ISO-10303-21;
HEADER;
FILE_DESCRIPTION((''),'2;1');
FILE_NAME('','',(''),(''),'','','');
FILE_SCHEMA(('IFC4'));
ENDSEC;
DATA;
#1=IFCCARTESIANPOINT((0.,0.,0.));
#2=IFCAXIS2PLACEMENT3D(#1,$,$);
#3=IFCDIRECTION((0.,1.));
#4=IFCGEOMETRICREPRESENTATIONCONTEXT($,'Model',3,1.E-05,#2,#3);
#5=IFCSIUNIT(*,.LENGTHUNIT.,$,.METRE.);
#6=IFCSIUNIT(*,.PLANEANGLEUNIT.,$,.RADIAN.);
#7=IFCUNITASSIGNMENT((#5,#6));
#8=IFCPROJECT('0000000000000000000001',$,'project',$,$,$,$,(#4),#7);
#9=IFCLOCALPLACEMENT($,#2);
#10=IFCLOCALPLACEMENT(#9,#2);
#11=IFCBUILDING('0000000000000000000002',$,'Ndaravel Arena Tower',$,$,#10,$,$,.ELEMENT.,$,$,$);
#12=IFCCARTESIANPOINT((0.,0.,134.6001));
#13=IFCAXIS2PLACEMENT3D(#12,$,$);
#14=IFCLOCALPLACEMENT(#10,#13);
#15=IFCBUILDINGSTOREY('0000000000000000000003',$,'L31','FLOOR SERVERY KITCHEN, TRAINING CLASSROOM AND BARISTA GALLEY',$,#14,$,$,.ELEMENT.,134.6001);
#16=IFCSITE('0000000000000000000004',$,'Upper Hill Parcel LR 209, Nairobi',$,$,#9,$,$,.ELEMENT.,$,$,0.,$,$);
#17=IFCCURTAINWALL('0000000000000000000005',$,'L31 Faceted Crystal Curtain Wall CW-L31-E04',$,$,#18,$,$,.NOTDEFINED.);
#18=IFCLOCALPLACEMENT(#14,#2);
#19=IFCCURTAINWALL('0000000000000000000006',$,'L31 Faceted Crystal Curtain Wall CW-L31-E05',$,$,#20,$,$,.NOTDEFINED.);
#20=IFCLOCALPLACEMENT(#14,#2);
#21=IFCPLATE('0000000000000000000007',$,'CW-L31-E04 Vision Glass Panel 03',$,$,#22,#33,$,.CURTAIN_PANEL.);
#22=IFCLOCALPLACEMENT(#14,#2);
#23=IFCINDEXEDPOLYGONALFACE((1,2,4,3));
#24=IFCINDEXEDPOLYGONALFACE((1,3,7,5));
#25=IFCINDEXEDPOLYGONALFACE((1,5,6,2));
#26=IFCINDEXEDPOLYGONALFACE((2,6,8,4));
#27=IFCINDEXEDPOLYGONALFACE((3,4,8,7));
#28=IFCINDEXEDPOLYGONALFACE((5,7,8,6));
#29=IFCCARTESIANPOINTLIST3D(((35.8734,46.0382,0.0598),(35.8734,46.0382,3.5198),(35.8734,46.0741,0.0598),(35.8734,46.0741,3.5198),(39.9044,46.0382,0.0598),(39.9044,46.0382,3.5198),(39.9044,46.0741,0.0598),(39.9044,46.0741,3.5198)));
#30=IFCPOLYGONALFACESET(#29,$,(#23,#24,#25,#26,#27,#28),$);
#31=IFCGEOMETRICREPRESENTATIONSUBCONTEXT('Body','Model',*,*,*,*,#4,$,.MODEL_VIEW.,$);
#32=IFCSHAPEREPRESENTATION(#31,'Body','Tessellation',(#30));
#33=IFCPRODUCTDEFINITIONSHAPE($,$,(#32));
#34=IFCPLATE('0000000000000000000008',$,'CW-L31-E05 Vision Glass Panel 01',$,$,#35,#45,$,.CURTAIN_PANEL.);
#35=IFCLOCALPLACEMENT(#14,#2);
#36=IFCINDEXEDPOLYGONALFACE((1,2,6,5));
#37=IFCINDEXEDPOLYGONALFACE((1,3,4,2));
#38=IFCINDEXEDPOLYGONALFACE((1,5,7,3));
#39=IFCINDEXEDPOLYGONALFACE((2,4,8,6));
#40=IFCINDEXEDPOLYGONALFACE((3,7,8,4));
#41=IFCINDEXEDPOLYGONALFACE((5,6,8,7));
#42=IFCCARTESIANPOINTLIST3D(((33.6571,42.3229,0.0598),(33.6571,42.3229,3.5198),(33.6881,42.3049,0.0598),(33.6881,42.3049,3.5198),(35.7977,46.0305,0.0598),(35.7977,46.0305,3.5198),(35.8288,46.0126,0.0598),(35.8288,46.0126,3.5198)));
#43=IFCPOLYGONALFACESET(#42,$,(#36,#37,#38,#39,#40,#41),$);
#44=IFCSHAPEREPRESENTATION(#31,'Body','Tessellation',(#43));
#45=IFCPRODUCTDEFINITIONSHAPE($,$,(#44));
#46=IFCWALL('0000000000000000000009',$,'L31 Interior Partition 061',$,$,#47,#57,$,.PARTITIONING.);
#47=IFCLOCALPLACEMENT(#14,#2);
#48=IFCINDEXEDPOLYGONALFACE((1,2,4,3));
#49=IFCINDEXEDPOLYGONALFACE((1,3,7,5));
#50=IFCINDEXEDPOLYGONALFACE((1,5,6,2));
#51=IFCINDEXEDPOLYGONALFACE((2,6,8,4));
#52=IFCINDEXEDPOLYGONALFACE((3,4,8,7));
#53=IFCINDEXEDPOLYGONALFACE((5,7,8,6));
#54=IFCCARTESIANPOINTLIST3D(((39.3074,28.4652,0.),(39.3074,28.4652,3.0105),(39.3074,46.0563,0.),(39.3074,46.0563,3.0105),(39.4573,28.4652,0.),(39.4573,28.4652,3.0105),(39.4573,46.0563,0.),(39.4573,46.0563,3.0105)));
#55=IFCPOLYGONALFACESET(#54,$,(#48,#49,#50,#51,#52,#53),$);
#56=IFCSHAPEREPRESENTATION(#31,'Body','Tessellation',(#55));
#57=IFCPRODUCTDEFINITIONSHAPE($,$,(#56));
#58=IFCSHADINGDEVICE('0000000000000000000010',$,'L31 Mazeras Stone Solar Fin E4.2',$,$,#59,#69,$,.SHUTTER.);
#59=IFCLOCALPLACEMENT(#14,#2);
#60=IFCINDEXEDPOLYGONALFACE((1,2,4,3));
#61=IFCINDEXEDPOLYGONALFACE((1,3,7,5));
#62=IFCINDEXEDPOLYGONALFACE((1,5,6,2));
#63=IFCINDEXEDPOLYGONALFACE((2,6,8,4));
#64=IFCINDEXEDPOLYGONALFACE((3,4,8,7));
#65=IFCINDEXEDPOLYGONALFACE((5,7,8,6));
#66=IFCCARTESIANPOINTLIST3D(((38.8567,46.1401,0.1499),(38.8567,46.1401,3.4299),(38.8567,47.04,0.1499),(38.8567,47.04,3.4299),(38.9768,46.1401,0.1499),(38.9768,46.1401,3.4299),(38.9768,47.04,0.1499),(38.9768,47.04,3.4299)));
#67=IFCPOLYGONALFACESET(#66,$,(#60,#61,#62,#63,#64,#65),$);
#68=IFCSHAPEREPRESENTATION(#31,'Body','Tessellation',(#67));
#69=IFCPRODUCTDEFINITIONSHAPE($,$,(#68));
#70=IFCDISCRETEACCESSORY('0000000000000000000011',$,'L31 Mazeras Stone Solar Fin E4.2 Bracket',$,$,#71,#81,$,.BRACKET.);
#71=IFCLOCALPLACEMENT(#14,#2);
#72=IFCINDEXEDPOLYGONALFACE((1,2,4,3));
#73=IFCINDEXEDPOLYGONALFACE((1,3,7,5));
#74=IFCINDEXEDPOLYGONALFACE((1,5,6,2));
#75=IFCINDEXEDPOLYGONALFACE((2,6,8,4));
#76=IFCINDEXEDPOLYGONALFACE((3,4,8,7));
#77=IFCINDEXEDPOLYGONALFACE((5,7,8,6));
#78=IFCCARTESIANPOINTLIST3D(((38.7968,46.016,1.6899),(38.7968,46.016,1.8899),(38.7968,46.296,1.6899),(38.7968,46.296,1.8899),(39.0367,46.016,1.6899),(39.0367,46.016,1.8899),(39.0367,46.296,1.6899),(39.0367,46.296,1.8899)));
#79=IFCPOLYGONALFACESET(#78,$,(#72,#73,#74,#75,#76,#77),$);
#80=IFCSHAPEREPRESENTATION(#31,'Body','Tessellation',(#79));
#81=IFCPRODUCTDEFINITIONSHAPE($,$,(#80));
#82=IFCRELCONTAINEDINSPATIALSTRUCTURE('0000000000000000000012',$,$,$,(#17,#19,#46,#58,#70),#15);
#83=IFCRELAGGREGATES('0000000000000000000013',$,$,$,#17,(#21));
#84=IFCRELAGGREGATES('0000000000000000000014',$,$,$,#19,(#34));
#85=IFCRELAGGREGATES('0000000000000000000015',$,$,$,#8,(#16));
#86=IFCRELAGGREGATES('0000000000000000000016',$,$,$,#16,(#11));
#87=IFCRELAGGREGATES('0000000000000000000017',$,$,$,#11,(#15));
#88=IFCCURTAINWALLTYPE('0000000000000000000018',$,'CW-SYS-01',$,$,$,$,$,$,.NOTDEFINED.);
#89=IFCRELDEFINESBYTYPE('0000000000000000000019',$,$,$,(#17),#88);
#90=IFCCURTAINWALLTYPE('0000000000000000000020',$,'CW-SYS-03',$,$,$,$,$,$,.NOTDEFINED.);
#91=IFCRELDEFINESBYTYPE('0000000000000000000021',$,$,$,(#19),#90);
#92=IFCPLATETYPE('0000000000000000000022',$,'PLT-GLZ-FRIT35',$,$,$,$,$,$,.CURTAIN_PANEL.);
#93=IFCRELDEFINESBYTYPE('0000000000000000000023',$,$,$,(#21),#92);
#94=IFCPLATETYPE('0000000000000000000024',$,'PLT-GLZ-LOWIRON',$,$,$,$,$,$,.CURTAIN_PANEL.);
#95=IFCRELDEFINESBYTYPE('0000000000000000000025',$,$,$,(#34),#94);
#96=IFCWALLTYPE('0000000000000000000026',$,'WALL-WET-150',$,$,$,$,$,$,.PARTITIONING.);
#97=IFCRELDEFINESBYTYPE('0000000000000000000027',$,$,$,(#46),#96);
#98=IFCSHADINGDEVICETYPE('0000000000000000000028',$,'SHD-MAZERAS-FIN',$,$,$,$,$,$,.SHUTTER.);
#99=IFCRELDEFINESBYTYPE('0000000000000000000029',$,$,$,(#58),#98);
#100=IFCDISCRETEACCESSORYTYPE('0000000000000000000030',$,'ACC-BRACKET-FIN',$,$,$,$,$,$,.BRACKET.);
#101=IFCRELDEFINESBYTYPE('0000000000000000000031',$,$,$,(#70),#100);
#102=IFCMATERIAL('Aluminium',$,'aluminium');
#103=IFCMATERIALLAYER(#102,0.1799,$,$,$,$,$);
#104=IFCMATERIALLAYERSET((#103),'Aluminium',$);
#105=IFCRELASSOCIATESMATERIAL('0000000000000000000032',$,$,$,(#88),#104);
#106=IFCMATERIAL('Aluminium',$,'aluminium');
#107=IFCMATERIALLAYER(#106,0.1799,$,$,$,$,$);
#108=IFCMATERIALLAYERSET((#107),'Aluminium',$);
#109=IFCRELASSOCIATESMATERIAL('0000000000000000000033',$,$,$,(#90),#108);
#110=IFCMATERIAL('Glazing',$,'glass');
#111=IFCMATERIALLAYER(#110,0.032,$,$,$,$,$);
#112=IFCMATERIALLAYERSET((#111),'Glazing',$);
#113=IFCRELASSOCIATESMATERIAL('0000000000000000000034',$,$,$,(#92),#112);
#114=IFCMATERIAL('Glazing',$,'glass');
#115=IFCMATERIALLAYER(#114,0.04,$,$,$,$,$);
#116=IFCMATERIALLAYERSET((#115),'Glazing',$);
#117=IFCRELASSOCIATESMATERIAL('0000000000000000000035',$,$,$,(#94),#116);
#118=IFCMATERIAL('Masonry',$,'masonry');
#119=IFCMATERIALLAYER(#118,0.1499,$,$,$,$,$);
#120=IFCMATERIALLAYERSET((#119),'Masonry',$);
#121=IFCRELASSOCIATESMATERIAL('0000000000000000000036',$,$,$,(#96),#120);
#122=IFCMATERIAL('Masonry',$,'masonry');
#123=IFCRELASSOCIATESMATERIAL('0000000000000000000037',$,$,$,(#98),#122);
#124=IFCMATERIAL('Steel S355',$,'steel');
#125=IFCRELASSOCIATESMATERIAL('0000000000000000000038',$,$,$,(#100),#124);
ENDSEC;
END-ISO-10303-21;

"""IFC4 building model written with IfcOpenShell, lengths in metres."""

from ifc_helpers import new_model, si_unit, direction, frame, frame_2d, origin, origin_2d, place, context, subcontext, project, spatial, rectangle, extrude, material, layer, layer_set, type_object, element, aggregate, save


model = new_model("IFC4")

# Units and contexts
model_context = context("Model", 3, precision=1e-05, world=origin(), true_north=direction((0.0, 1.0)))
body_context = subcontext(model_context, "Body", "Model", "MODEL_VIEW")
ifc_project = project(units=[si_unit("LENGTHUNIT", "METRE"), si_unit("PLANEANGLEUNIT", "RADIAN")], contexts=[model_context])

# Site, building, storey
site_placement = place(None, origin())
site = spatial("IfcSite", under=ifc_project, at=site_placement, Name="Upper Hill Parcel LR 209, Nairobi", CompositionType="ELEMENT", RefElevation=0.0)
building_placement = place(site_placement, origin())
building = spatial("IfcBuilding", under=site, at=building_placement, Name="Ndaravel Arena Tower", CompositionType="ELEMENT")
storey_placement = place(building_placement, frame((0.0, 0.0, 134.6001)))
storey = spatial("IfcBuildingStorey", under=building, at=storey_placement, Name="L31", Description="FLOOR SERVERY KITCHEN, TRAINING CLASSROOM AND BARISTA GALLEY", CompositionType="ELEMENT", Elevation=134.6001)

# Curtain wall
ifc_material_1 = material(Name="Aluminium", Category="aluminium")
ifc_layer_1 = layer(ifc_material_1, 0.1799)
ifc_layer_set_1 = layer_set([ifc_layer_1], Name="Aluminium")
curtain_wall_type_1 = type_object("IfcCurtainWallType", Name="CW-SYS-01", PredefinedType="NOTDEFINED", material=ifc_layer_set_1)
curtain_wall_1_placement = place(storey_placement, origin())
curtain_wall_1 = element("IfcCurtainWall", 1, at=curtain_wall_1_placement, inside=storey, type_object=curtain_wall_type_1, Name="L31 Faceted Crystal Curtain Wall CW-L31-E04", PredefinedType="NOTDEFINED")

# Curtain wall
ifc_material_2 = material(Name="Aluminium", Category="aluminium")
ifc_layer_2 = layer(ifc_material_2, 0.1799)
ifc_layer_set_2 = layer_set([ifc_layer_2], Name="Aluminium")
curtain_wall_type_2 = type_object("IfcCurtainWallType", Name="CW-SYS-03", PredefinedType="NOTDEFINED", material=ifc_layer_set_2)
curtain_wall_2_placement = place(storey_placement, origin())
curtain_wall_2 = element("IfcCurtainWall", 2, at=curtain_wall_2_placement, inside=storey, type_object=curtain_wall_type_2, Name="L31 Faceted Crystal Curtain Wall CW-L31-E05", PredefinedType="NOTDEFINED")

# Plates
ifc_material_3 = material(Name="Glazing", Category="glass")
ifc_layer_3 = layer(ifc_material_3, 0.032)
ifc_layer_set_3 = layer_set([ifc_layer_3], Name="Glazing")
plate_type_1 = type_object("IfcPlateType", Name="PLT-GLZ-FRIT35", PredefinedType="CURTAIN_PANEL", material=ifc_layer_set_3)
plate_1_placement = place(storey_placement, frame((37.8889, 46.0562, 0.0598), z_axis=(0.0, 0.0, 1.0), x_axis=(-1.0, 0.0, 0.0)))
plate_1 = element("IfcPlate", 3, at=plate_1_placement, type_object=plate_type_1, Name="CW-L31-E04 Vision Glass Panel 03", PredefinedType="CURTAIN_PANEL", context=body_context, shape_type="SweptSolid", body=[
    extrude(rectangle(XDim=4.031, YDim=0.0359, at=origin_2d()), origin(), (0.0, 0.0, 1.0), 3.46),
])
aggregate(curtain_wall_1, [plate_1])
ifc_material_4 = material(Name="Glazing", Category="glass")
ifc_layer_4 = layer(ifc_material_4, 0.04)
ifc_layer_set_4 = layer_set([ifc_layer_4], Name="Glazing")
plate_type_2 = type_object("IfcPlateType", Name="PLT-GLZ-LOWIRON", PredefinedType="CURTAIN_PANEL", material=ifc_layer_set_4)
plate_2_placement = place(storey_placement, frame((34.7429, 44.1677, 0.0598), z_axis=(0.0, 0.0, 1.0), x_axis=(-0.5, -0.866025, 0.0)))
plate_2 = element("IfcPlate", 4, at=plate_2_placement, type_object=plate_type_2, Name="CW-L31-E05 Vision Glass Panel 01", PredefinedType="CURTAIN_PANEL", context=body_context, shape_type="SweptSolid", body=[
    extrude(rectangle(XDim=4.2812, YDim=0.0359, at=origin_2d()), origin(), (0.0, 0.0, 1.0), 3.46),
])
aggregate(curtain_wall_2, [plate_2])

# Wall
ifc_material_5 = material(Name="Masonry", Category="masonry")
ifc_layer_5 = layer(ifc_material_5, 0.1499)
ifc_layer_set_5 = layer_set([ifc_layer_5], Name="Masonry")
wall_type = type_object("IfcWallType", Name="WALL-WET-150", PredefinedType="PARTITIONING", material=ifc_layer_set_5)
wall_placement = place(storey_placement, frame((39.3823, 46.0562, 0.0), z_axis=(0.0, 0.0, 1.0), x_axis=(0.0, -1.0, 0.0)))
element("IfcWall", 5, at=wall_placement, inside=storey, type_object=wall_type, Name="L31 Interior Partition 061", PredefinedType="PARTITIONING", context=body_context, shape_type="SweptSolid", body=[
    extrude(rectangle(XDim=17.5911, YDim=0.1499, at=frame_2d((8.7954, 0.0))), origin(), (0.0, 0.0, 1.0), 3.0105),
])

# Shading device
ifc_material_6 = material(Name="Masonry", Category="masonry")
shading_device_type = type_object("IfcShadingDeviceType", Name="SHD-MAZERAS-FIN", PredefinedType="SHUTTER", material=ifc_material_6)
shading_device_placement = place(storey_placement, frame((38.9167, 46.5901, 0.1499), z_axis=(0.0, 0.0, 1.0), x_axis=(0.0, 1.0, 0.0)))
element("IfcShadingDevice", 6, at=shading_device_placement, inside=storey, type_object=shading_device_type, Name="L31 Mazeras Stone Solar Fin E4.2", PredefinedType="SHUTTER", context=body_context, shape_type="SweptSolid", body=[
    extrude(rectangle(XDim=0.8999, YDim=0.1201, at=origin_2d()), origin(), (0.0, 0.0, 1.0), 3.28),
])

# Discrete accessory
ifc_material_7 = material(Name="Steel S355", Category="steel")
discrete_accessory_type = type_object("IfcDiscreteAccessoryType", Name="ACC-BRACKET-FIN", PredefinedType="BRACKET", material=ifc_material_7)
discrete_accessory_placement = place(storey_placement, frame((38.9167, 46.156, 1.6899), z_axis=(0.0, 0.0, 1.0), x_axis=(0.0, 1.0, 0.0)))
element("IfcDiscreteAccessory", 7, at=discrete_accessory_placement, inside=storey, type_object=discrete_accessory_type, Name="L31 Mazeras Stone Solar Fin E4.2 Bracket", PredefinedType="BRACKET", context=body_context, shape_type="SweptSolid", body=[
    extrude(rectangle(XDim=0.28, YDim=0.24, at=origin_2d()), origin(), (0.0, 0.0, 1.0), 0.2),
])

save(model, "model.ifc")
